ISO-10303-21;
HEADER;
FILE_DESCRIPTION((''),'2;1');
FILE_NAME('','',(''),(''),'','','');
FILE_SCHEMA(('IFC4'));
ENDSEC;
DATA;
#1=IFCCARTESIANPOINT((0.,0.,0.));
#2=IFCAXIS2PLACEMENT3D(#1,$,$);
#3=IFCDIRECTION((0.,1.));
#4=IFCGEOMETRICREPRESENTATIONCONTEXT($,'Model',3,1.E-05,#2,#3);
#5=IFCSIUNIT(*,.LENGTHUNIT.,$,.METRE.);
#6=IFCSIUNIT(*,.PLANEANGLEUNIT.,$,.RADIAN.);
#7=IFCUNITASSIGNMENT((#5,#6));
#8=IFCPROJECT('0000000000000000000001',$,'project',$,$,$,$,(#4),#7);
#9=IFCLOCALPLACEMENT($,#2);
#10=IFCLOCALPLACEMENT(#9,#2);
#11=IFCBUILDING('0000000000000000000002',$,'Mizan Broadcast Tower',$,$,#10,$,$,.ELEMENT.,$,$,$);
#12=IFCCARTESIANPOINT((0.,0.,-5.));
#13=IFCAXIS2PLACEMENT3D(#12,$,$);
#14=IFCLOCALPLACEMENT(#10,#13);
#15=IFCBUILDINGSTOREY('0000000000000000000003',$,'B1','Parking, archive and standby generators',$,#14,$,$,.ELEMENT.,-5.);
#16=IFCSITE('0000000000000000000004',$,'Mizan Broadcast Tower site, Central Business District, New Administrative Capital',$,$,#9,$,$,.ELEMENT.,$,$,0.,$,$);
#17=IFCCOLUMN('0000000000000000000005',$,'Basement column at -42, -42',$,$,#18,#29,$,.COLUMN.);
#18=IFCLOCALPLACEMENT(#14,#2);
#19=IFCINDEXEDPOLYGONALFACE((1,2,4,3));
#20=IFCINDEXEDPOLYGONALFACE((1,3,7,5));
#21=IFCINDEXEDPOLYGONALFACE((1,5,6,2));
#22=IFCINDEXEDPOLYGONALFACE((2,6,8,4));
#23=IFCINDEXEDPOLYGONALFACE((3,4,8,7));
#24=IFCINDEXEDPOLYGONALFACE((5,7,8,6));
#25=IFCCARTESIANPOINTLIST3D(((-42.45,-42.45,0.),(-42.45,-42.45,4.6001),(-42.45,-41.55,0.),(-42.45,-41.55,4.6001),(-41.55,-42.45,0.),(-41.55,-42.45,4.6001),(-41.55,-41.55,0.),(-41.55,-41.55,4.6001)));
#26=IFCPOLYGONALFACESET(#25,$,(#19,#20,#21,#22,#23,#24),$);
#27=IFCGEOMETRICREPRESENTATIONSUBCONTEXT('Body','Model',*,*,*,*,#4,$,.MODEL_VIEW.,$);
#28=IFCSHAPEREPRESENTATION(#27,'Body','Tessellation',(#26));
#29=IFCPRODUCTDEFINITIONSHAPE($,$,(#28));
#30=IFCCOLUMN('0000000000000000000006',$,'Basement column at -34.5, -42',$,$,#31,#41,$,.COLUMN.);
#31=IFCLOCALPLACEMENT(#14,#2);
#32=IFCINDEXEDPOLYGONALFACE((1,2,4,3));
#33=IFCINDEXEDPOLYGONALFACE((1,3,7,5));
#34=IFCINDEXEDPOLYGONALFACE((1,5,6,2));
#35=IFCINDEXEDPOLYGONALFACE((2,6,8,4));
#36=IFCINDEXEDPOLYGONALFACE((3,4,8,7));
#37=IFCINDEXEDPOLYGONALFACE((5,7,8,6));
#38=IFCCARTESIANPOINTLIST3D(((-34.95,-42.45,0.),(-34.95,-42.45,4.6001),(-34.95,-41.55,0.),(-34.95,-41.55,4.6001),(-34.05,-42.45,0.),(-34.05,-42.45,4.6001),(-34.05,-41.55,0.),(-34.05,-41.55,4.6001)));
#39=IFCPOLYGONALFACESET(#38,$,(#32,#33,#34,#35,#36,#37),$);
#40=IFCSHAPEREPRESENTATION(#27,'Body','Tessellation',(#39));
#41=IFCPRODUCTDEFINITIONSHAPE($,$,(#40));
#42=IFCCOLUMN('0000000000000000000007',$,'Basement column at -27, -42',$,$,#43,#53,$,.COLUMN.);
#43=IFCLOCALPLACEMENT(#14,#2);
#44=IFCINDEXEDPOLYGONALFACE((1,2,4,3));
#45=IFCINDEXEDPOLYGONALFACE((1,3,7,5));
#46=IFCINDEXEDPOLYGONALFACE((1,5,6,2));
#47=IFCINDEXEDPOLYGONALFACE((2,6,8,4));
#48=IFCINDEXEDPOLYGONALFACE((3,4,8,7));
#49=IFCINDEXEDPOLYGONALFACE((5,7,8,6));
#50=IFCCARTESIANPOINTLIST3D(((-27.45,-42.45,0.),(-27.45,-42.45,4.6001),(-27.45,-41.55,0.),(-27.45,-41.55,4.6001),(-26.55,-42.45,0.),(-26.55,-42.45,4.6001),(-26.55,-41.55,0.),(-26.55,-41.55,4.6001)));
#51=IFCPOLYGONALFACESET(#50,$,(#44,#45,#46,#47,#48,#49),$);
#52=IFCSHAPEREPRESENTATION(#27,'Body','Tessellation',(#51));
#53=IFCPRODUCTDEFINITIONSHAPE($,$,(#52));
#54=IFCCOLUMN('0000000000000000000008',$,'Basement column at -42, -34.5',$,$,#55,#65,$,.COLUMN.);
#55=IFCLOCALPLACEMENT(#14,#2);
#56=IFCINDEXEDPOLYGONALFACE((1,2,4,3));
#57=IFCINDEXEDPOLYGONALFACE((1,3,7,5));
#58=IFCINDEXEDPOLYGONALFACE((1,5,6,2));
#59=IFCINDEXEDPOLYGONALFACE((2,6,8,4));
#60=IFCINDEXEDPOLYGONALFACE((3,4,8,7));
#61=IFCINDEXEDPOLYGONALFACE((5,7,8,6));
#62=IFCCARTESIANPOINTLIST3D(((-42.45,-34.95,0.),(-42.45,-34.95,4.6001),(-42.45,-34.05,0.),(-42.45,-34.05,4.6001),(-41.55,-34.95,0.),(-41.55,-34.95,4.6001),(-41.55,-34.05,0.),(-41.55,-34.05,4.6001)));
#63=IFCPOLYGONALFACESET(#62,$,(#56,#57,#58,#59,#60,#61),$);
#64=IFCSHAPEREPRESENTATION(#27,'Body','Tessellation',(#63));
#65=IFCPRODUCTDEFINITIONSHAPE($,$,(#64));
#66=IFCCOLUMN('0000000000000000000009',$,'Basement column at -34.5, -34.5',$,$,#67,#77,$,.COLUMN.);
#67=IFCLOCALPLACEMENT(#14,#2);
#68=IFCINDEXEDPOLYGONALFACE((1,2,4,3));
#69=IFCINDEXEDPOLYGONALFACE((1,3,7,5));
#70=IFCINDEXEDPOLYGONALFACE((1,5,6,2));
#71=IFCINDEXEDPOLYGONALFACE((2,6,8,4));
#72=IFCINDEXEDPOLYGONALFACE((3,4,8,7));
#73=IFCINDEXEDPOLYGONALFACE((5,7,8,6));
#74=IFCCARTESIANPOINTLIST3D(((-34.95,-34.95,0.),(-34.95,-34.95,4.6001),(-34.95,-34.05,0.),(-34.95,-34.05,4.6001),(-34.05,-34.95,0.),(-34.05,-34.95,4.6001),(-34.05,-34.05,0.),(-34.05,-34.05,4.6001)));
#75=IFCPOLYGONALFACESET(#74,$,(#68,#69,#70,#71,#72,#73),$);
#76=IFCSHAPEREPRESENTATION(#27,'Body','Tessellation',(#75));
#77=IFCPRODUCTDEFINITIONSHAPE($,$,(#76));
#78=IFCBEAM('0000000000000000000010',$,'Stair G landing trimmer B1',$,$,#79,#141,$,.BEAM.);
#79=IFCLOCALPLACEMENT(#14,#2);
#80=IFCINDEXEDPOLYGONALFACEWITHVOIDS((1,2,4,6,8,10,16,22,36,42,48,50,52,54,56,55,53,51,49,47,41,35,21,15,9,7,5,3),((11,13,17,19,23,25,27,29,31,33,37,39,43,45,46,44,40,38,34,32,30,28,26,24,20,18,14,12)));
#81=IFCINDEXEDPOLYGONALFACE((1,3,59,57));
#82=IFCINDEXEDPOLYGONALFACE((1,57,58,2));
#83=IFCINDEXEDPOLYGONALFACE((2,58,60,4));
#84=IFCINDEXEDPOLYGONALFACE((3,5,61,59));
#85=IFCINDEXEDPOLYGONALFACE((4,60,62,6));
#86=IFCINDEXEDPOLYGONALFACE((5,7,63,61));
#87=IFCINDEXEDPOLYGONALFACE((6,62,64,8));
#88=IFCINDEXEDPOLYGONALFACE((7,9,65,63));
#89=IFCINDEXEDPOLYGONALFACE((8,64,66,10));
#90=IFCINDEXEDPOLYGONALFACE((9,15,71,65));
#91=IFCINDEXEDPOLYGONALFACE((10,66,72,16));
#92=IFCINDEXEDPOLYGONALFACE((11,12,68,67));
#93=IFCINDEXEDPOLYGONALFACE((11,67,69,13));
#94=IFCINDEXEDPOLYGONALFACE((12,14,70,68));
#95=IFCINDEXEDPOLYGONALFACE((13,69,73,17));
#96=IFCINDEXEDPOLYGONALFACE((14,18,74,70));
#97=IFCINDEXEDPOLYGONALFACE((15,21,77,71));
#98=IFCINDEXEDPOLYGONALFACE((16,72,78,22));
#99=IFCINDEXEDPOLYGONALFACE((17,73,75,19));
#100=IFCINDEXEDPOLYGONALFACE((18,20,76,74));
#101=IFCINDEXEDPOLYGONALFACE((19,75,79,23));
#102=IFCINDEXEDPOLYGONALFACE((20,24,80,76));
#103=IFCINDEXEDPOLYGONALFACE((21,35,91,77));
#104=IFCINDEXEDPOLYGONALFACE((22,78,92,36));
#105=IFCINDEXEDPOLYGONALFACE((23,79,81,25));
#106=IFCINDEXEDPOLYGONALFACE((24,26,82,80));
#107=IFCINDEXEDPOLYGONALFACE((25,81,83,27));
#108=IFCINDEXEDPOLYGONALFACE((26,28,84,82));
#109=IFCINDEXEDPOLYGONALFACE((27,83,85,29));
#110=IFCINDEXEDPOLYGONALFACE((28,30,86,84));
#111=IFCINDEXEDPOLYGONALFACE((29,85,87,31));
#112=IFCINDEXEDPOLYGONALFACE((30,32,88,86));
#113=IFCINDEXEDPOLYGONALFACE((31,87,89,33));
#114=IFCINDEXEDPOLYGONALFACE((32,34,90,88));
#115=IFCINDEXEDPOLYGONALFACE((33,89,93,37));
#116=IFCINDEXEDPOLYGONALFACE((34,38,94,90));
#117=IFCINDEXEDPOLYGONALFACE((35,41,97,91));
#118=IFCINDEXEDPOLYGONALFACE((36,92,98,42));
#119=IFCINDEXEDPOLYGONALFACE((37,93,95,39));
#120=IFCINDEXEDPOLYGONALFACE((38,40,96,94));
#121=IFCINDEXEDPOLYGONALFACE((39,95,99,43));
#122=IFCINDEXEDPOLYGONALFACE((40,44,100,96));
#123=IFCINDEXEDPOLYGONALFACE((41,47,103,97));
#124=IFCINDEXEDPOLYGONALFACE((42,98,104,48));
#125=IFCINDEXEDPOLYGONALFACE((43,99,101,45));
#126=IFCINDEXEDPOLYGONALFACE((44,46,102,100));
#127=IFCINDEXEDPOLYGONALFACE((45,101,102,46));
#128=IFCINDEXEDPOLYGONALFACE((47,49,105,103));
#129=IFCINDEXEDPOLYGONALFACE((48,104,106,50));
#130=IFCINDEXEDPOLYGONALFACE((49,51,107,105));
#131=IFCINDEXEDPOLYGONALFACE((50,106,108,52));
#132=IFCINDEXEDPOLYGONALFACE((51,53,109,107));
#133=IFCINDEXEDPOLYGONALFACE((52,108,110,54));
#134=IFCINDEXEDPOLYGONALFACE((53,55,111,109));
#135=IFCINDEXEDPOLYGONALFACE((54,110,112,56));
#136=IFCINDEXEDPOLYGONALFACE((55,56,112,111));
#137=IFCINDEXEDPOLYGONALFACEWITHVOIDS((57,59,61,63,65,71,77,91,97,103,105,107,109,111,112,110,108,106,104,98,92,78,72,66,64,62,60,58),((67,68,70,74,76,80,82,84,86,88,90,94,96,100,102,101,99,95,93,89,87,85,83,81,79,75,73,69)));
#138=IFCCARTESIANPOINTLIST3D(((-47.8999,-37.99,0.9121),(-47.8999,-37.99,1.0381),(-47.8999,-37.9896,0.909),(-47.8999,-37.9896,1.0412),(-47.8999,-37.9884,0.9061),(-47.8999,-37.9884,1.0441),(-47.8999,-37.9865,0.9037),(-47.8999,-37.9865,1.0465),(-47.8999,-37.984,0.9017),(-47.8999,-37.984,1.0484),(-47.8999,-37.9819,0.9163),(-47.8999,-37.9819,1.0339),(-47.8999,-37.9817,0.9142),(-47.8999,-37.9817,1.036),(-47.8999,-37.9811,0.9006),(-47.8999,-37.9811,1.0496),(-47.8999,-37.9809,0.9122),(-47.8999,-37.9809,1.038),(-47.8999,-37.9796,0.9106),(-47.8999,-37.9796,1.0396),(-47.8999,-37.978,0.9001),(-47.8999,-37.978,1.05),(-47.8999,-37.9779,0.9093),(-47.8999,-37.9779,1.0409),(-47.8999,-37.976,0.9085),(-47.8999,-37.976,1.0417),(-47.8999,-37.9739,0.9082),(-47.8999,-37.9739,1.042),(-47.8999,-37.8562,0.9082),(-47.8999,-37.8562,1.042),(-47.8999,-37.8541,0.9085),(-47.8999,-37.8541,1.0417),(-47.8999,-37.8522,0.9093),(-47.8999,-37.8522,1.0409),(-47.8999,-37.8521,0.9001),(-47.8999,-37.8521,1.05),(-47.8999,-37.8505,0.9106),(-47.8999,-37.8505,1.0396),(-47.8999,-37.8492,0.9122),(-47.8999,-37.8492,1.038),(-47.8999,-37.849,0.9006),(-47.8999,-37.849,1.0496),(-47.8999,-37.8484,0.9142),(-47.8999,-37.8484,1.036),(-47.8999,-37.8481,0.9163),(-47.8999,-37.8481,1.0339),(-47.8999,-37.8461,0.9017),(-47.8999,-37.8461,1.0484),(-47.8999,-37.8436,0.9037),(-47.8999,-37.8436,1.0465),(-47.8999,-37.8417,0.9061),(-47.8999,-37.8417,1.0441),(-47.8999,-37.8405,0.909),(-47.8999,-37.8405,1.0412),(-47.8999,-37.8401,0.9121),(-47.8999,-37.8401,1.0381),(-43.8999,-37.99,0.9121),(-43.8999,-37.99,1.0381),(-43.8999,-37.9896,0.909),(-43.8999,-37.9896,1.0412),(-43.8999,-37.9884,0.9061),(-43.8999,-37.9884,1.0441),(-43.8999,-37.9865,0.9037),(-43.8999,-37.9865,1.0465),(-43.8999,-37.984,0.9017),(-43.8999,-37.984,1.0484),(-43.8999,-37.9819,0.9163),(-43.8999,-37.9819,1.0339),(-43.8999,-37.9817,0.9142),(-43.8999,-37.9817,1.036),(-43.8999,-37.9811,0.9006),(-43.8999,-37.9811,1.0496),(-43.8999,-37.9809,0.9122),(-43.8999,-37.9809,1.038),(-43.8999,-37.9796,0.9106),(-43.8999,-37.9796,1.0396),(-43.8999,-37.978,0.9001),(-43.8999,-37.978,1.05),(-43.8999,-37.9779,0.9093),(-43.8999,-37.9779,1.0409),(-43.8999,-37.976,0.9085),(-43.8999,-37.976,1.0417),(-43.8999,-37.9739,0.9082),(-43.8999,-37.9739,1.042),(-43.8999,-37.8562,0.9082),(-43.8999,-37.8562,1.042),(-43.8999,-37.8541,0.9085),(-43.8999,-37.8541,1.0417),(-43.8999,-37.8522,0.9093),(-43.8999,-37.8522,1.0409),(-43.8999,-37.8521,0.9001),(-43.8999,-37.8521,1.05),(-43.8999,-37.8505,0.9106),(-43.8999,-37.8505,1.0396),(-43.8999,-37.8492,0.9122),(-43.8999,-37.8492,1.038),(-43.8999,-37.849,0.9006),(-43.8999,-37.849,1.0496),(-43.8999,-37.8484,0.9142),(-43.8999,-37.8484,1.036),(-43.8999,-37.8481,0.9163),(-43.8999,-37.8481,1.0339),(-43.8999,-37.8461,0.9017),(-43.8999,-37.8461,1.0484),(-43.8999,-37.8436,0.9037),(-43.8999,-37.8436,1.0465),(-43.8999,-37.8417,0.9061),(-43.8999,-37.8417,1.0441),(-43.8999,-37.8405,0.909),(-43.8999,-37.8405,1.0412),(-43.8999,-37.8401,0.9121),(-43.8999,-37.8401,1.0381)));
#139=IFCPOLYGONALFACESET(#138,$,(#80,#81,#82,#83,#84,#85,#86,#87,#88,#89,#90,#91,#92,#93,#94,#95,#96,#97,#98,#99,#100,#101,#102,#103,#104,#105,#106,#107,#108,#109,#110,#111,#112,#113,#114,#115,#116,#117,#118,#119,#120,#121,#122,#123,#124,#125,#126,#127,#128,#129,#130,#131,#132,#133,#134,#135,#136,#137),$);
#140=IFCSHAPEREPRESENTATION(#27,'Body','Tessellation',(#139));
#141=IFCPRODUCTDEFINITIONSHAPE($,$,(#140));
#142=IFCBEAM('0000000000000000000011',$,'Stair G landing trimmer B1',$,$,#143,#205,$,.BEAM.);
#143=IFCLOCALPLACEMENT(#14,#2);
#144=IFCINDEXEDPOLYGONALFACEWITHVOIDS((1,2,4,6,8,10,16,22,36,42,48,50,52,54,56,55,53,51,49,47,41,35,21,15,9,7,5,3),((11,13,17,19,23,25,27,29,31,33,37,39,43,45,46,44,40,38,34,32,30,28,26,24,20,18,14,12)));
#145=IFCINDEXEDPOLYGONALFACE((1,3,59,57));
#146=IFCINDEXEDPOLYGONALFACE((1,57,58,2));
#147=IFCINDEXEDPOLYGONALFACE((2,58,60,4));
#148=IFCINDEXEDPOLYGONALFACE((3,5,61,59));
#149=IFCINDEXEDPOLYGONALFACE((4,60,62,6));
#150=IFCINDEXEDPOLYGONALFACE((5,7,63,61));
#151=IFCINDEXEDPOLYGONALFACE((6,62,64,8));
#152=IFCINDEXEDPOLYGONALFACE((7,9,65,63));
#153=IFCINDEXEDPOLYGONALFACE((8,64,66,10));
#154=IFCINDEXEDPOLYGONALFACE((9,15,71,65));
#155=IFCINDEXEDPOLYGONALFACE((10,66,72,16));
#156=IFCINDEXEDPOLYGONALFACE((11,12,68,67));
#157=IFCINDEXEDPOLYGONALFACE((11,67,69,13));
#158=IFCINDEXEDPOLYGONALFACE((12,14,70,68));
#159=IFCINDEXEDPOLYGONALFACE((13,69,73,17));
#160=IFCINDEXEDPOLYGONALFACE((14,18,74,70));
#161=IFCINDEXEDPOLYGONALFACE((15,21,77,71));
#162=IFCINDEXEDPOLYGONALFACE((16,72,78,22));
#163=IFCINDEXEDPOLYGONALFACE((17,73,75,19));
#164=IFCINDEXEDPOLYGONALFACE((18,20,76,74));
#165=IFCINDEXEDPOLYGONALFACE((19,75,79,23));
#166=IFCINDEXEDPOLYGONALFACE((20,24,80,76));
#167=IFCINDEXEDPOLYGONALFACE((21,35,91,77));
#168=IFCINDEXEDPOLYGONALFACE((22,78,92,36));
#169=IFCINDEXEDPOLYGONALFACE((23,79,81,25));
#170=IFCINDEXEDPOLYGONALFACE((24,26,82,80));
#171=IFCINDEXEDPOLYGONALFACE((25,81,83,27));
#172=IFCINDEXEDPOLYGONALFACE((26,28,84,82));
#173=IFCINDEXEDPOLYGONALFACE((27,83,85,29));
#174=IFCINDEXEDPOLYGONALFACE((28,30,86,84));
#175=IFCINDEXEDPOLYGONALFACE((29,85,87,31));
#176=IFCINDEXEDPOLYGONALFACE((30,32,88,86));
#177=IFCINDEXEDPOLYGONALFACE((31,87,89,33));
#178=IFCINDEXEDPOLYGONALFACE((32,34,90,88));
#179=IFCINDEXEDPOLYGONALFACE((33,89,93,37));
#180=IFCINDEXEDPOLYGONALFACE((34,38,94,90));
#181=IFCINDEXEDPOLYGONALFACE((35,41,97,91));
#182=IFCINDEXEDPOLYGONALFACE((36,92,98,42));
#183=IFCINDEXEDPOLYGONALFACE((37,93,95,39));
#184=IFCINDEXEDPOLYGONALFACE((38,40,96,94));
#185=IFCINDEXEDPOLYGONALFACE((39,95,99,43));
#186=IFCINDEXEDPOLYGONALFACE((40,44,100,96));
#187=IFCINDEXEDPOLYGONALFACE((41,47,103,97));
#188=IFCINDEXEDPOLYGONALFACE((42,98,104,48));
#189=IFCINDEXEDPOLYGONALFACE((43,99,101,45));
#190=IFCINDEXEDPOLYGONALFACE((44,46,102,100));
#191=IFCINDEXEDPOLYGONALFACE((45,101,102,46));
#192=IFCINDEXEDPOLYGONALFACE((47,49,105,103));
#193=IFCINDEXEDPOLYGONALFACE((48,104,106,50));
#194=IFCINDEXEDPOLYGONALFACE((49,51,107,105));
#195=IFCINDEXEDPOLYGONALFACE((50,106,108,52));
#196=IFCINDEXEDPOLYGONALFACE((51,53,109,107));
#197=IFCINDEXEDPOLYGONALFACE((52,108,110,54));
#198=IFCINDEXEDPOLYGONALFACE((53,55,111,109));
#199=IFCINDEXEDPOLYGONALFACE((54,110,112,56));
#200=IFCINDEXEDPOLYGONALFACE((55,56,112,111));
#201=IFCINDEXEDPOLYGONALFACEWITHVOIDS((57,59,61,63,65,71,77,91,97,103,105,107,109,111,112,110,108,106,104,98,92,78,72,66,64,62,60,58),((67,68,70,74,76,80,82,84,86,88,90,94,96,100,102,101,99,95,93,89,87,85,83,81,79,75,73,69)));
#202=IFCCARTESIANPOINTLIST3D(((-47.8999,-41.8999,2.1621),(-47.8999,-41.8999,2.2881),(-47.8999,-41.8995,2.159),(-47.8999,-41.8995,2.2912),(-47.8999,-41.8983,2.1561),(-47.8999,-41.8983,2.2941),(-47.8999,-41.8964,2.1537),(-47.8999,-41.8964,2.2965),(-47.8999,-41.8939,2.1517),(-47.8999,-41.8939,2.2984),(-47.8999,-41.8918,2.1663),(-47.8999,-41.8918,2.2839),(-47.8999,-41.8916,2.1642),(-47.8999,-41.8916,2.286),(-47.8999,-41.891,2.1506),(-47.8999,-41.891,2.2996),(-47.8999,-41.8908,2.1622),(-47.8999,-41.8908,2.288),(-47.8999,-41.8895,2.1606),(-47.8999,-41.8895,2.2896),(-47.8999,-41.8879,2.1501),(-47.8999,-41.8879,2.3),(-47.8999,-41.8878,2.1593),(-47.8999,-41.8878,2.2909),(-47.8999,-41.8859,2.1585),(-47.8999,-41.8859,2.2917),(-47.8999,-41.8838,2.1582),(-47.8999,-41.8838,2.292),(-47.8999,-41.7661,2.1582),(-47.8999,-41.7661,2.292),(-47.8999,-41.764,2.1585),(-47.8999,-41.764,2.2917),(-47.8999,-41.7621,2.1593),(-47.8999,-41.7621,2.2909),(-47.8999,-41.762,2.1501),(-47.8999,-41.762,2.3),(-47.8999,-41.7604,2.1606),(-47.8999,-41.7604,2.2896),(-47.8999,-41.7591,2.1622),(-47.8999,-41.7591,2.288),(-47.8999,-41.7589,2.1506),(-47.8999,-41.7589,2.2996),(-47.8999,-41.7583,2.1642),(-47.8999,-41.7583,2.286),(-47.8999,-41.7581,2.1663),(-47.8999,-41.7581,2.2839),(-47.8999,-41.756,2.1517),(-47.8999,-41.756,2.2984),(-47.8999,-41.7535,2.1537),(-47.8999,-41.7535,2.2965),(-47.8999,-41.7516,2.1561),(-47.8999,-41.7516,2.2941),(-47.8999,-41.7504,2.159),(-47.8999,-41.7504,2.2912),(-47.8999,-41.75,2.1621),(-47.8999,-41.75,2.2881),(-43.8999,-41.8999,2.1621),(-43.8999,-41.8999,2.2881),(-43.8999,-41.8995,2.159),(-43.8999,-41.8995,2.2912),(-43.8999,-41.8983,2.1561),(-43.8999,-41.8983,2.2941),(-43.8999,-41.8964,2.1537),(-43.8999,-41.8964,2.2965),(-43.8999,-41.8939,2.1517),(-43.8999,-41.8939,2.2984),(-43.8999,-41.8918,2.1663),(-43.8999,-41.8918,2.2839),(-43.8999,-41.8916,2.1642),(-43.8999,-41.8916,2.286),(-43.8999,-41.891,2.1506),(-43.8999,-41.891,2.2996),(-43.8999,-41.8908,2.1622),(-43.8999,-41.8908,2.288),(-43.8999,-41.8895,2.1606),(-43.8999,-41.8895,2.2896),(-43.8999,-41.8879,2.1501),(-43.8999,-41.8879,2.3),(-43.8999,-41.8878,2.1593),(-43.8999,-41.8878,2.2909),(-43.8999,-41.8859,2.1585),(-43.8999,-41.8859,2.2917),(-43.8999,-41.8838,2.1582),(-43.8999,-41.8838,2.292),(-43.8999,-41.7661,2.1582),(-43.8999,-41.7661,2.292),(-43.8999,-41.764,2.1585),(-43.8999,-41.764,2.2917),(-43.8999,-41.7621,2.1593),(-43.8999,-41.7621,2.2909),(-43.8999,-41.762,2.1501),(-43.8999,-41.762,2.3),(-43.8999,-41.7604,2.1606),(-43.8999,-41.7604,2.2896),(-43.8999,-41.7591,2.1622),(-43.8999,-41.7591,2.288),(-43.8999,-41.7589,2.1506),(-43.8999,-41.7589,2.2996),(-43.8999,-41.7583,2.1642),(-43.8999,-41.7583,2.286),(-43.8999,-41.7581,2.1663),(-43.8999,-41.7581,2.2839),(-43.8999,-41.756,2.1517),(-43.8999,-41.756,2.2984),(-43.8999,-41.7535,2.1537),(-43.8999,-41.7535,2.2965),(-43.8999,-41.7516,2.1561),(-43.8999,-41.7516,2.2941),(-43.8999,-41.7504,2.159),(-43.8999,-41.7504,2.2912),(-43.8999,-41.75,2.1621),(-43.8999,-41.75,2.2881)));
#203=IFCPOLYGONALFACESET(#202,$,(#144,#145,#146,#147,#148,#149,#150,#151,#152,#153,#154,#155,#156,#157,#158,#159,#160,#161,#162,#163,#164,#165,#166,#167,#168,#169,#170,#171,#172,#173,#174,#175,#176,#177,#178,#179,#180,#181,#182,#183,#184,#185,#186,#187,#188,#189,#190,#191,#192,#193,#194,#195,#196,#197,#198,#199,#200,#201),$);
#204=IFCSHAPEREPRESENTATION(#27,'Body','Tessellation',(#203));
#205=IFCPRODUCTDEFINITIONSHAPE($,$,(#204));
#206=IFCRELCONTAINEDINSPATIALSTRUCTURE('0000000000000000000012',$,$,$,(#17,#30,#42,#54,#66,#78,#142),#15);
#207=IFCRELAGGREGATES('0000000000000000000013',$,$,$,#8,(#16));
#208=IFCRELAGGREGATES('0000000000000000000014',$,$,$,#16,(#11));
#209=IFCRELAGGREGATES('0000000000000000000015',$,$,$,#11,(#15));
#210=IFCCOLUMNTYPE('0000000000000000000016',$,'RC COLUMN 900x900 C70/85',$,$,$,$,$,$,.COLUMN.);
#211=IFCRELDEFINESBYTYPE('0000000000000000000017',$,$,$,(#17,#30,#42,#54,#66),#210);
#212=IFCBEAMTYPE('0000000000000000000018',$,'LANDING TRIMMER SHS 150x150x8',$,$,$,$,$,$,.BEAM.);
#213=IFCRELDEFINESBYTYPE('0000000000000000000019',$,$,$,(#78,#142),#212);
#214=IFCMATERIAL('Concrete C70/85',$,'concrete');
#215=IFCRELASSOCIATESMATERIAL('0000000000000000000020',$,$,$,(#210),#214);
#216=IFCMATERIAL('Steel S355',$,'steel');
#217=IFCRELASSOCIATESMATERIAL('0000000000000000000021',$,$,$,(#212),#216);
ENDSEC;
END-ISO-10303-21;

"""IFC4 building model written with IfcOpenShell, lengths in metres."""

from ifc_helpers import new_model, si_unit, direction, frame, origin, origin_2d, place, context, subcontext, project, spatial, rectangle, hollow_rectangle, extrude, material, material_profile, profile_set, type_object, element, save


model = new_model("IFC4")

# Units and contexts
model_context = context("Model", 3, precision=1e-05, world=origin(), true_north=direction((0.0, 1.0)))
body_context = subcontext(model_context, "Body", "Model", "MODEL_VIEW")
ifc_project = project(units=[si_unit("LENGTHUNIT", "METRE"), si_unit("PLANEANGLEUNIT", "RADIAN")], contexts=[model_context])

# Site, building, storey
site_placement = place(None, origin())
site = spatial("IfcSite", under=ifc_project, at=site_placement, Name="Mizan Broadcast Tower site, Central Business District, New Administrative Capital", CompositionType="ELEMENT", RefElevation=0.0)
building_placement = place(site_placement, origin())
building = spatial("IfcBuilding", under=site, at=building_placement, Name="Mizan Broadcast Tower", CompositionType="ELEMENT")
storey_placement = place(building_placement, frame((0.0, 0.0, -5.0)))
storey = spatial("IfcBuildingStorey", under=building, at=storey_placement, Name="B1", Description="Parking, archive and standby generators", CompositionType="ELEMENT", Elevation=-5.0)

# Columns
ifc_material_1 = material(Name="Concrete C70/85", Category="concrete")
ifc_material_profile_1 = material_profile(ifc_material_1, rectangle(XDim=0.8999, YDim=0.8999, at=origin_2d()), Name="RC 900x900")
ifc_profile_set_1 = profile_set([ifc_material_profile_1], Name="Concrete C70/85")
column_type = type_object("IfcColumnType", Name="RC COLUMN 900x900 C70/85", PredefinedType="COLUMN", material=ifc_profile_set_1)
for number, where, z_axis, x_axis, name in (
    (1, (-42.0, -42.0, 0.0), (0.0, 0.0, 1.0), (1.0, 0.0, 0.0), "Basement column at -42, -42"),
    (2, (-34.5, -42.0, 0.0), (0.0, 0.0, 1.0), (1.0, 0.0, 0.0), "Basement column at -34.5, -42"),
    (3, (-27.0, -42.0, 0.0), (0.0, 0.0, 1.0), (1.0, 0.0, 0.0), "Basement column at -27, -42"),
    (4, (-42.0, -34.5, 0.0), (0.0, 0.0, 1.0), (1.0, 0.0, 0.0), "Basement column at -42, -34.5"),
    (5, (-34.5, -34.5, 0.0), (0.0, 0.0, 1.0), (1.0, 0.0, 0.0), "Basement column at -34.5, -34.5"),
):
    element("IfcColumn", number, at=place(storey_placement, frame(where, z_axis=z_axis, x_axis=x_axis)), inside=storey, type_object=column_type, Name=name, PredefinedType="COLUMN", context=body_context, shape_type="SweptSolid", body=[
        extrude(rectangle(XDim=0.8999, YDim=0.8999, at=origin_2d()), origin(), (0.0, 0.0, 1.0), 4.6001),
    ])

# Beams
ifc_material_2 = material(Name="Steel S355", Category="steel")
ifc_material_profile_2 = material_profile(ifc_material_2, hollow_rectangle(XDim=0.1499, YDim=0.1499, WallThickness=0.0081, InnerFilletRadius=0.0081, OuterFilletRadius=0.012, at=origin_2d()), Name="SHS 150x150x8")
ifc_profile_set_2 = profile_set([ifc_material_profile_2], Name="Steel S355")
beam_type_1 = type_object("IfcBeamType", Name="LANDING TRIMMER SHS 150x150x8", PredefinedType="BEAM", material=ifc_profile_set_2)
for number, where, z_axis, x_axis, name in (
    (6, (-43.8999, -37.915, 0.9751), (-1.0, 0.0, 0.0), (0.0, -1.0, 0.0), "Stair G landing trimmer B1"),
    (7, (-43.8999, -41.825, 2.2251), (-1.0, 0.0, 0.0), (0.0, -1.0, 0.0), "Stair G landing trimmer B1"),
):
    element("IfcBeam", number, at=place(storey_placement, frame(where, z_axis=z_axis, x_axis=x_axis)), inside=storey, type_object=beam_type_1, Name=name, PredefinedType="BEAM", context=body_context, shape_type="SweptSolid", body=[
        extrude(hollow_rectangle(XDim=0.1499, YDim=0.1499, WallThickness=0.0081, InnerFilletRadius=0.0081, OuterFilletRadius=0.012, at=origin_2d()), origin(), (0.0, 0.0, 1.0), 4.0),
    ])

save(model, "model.ifc")
